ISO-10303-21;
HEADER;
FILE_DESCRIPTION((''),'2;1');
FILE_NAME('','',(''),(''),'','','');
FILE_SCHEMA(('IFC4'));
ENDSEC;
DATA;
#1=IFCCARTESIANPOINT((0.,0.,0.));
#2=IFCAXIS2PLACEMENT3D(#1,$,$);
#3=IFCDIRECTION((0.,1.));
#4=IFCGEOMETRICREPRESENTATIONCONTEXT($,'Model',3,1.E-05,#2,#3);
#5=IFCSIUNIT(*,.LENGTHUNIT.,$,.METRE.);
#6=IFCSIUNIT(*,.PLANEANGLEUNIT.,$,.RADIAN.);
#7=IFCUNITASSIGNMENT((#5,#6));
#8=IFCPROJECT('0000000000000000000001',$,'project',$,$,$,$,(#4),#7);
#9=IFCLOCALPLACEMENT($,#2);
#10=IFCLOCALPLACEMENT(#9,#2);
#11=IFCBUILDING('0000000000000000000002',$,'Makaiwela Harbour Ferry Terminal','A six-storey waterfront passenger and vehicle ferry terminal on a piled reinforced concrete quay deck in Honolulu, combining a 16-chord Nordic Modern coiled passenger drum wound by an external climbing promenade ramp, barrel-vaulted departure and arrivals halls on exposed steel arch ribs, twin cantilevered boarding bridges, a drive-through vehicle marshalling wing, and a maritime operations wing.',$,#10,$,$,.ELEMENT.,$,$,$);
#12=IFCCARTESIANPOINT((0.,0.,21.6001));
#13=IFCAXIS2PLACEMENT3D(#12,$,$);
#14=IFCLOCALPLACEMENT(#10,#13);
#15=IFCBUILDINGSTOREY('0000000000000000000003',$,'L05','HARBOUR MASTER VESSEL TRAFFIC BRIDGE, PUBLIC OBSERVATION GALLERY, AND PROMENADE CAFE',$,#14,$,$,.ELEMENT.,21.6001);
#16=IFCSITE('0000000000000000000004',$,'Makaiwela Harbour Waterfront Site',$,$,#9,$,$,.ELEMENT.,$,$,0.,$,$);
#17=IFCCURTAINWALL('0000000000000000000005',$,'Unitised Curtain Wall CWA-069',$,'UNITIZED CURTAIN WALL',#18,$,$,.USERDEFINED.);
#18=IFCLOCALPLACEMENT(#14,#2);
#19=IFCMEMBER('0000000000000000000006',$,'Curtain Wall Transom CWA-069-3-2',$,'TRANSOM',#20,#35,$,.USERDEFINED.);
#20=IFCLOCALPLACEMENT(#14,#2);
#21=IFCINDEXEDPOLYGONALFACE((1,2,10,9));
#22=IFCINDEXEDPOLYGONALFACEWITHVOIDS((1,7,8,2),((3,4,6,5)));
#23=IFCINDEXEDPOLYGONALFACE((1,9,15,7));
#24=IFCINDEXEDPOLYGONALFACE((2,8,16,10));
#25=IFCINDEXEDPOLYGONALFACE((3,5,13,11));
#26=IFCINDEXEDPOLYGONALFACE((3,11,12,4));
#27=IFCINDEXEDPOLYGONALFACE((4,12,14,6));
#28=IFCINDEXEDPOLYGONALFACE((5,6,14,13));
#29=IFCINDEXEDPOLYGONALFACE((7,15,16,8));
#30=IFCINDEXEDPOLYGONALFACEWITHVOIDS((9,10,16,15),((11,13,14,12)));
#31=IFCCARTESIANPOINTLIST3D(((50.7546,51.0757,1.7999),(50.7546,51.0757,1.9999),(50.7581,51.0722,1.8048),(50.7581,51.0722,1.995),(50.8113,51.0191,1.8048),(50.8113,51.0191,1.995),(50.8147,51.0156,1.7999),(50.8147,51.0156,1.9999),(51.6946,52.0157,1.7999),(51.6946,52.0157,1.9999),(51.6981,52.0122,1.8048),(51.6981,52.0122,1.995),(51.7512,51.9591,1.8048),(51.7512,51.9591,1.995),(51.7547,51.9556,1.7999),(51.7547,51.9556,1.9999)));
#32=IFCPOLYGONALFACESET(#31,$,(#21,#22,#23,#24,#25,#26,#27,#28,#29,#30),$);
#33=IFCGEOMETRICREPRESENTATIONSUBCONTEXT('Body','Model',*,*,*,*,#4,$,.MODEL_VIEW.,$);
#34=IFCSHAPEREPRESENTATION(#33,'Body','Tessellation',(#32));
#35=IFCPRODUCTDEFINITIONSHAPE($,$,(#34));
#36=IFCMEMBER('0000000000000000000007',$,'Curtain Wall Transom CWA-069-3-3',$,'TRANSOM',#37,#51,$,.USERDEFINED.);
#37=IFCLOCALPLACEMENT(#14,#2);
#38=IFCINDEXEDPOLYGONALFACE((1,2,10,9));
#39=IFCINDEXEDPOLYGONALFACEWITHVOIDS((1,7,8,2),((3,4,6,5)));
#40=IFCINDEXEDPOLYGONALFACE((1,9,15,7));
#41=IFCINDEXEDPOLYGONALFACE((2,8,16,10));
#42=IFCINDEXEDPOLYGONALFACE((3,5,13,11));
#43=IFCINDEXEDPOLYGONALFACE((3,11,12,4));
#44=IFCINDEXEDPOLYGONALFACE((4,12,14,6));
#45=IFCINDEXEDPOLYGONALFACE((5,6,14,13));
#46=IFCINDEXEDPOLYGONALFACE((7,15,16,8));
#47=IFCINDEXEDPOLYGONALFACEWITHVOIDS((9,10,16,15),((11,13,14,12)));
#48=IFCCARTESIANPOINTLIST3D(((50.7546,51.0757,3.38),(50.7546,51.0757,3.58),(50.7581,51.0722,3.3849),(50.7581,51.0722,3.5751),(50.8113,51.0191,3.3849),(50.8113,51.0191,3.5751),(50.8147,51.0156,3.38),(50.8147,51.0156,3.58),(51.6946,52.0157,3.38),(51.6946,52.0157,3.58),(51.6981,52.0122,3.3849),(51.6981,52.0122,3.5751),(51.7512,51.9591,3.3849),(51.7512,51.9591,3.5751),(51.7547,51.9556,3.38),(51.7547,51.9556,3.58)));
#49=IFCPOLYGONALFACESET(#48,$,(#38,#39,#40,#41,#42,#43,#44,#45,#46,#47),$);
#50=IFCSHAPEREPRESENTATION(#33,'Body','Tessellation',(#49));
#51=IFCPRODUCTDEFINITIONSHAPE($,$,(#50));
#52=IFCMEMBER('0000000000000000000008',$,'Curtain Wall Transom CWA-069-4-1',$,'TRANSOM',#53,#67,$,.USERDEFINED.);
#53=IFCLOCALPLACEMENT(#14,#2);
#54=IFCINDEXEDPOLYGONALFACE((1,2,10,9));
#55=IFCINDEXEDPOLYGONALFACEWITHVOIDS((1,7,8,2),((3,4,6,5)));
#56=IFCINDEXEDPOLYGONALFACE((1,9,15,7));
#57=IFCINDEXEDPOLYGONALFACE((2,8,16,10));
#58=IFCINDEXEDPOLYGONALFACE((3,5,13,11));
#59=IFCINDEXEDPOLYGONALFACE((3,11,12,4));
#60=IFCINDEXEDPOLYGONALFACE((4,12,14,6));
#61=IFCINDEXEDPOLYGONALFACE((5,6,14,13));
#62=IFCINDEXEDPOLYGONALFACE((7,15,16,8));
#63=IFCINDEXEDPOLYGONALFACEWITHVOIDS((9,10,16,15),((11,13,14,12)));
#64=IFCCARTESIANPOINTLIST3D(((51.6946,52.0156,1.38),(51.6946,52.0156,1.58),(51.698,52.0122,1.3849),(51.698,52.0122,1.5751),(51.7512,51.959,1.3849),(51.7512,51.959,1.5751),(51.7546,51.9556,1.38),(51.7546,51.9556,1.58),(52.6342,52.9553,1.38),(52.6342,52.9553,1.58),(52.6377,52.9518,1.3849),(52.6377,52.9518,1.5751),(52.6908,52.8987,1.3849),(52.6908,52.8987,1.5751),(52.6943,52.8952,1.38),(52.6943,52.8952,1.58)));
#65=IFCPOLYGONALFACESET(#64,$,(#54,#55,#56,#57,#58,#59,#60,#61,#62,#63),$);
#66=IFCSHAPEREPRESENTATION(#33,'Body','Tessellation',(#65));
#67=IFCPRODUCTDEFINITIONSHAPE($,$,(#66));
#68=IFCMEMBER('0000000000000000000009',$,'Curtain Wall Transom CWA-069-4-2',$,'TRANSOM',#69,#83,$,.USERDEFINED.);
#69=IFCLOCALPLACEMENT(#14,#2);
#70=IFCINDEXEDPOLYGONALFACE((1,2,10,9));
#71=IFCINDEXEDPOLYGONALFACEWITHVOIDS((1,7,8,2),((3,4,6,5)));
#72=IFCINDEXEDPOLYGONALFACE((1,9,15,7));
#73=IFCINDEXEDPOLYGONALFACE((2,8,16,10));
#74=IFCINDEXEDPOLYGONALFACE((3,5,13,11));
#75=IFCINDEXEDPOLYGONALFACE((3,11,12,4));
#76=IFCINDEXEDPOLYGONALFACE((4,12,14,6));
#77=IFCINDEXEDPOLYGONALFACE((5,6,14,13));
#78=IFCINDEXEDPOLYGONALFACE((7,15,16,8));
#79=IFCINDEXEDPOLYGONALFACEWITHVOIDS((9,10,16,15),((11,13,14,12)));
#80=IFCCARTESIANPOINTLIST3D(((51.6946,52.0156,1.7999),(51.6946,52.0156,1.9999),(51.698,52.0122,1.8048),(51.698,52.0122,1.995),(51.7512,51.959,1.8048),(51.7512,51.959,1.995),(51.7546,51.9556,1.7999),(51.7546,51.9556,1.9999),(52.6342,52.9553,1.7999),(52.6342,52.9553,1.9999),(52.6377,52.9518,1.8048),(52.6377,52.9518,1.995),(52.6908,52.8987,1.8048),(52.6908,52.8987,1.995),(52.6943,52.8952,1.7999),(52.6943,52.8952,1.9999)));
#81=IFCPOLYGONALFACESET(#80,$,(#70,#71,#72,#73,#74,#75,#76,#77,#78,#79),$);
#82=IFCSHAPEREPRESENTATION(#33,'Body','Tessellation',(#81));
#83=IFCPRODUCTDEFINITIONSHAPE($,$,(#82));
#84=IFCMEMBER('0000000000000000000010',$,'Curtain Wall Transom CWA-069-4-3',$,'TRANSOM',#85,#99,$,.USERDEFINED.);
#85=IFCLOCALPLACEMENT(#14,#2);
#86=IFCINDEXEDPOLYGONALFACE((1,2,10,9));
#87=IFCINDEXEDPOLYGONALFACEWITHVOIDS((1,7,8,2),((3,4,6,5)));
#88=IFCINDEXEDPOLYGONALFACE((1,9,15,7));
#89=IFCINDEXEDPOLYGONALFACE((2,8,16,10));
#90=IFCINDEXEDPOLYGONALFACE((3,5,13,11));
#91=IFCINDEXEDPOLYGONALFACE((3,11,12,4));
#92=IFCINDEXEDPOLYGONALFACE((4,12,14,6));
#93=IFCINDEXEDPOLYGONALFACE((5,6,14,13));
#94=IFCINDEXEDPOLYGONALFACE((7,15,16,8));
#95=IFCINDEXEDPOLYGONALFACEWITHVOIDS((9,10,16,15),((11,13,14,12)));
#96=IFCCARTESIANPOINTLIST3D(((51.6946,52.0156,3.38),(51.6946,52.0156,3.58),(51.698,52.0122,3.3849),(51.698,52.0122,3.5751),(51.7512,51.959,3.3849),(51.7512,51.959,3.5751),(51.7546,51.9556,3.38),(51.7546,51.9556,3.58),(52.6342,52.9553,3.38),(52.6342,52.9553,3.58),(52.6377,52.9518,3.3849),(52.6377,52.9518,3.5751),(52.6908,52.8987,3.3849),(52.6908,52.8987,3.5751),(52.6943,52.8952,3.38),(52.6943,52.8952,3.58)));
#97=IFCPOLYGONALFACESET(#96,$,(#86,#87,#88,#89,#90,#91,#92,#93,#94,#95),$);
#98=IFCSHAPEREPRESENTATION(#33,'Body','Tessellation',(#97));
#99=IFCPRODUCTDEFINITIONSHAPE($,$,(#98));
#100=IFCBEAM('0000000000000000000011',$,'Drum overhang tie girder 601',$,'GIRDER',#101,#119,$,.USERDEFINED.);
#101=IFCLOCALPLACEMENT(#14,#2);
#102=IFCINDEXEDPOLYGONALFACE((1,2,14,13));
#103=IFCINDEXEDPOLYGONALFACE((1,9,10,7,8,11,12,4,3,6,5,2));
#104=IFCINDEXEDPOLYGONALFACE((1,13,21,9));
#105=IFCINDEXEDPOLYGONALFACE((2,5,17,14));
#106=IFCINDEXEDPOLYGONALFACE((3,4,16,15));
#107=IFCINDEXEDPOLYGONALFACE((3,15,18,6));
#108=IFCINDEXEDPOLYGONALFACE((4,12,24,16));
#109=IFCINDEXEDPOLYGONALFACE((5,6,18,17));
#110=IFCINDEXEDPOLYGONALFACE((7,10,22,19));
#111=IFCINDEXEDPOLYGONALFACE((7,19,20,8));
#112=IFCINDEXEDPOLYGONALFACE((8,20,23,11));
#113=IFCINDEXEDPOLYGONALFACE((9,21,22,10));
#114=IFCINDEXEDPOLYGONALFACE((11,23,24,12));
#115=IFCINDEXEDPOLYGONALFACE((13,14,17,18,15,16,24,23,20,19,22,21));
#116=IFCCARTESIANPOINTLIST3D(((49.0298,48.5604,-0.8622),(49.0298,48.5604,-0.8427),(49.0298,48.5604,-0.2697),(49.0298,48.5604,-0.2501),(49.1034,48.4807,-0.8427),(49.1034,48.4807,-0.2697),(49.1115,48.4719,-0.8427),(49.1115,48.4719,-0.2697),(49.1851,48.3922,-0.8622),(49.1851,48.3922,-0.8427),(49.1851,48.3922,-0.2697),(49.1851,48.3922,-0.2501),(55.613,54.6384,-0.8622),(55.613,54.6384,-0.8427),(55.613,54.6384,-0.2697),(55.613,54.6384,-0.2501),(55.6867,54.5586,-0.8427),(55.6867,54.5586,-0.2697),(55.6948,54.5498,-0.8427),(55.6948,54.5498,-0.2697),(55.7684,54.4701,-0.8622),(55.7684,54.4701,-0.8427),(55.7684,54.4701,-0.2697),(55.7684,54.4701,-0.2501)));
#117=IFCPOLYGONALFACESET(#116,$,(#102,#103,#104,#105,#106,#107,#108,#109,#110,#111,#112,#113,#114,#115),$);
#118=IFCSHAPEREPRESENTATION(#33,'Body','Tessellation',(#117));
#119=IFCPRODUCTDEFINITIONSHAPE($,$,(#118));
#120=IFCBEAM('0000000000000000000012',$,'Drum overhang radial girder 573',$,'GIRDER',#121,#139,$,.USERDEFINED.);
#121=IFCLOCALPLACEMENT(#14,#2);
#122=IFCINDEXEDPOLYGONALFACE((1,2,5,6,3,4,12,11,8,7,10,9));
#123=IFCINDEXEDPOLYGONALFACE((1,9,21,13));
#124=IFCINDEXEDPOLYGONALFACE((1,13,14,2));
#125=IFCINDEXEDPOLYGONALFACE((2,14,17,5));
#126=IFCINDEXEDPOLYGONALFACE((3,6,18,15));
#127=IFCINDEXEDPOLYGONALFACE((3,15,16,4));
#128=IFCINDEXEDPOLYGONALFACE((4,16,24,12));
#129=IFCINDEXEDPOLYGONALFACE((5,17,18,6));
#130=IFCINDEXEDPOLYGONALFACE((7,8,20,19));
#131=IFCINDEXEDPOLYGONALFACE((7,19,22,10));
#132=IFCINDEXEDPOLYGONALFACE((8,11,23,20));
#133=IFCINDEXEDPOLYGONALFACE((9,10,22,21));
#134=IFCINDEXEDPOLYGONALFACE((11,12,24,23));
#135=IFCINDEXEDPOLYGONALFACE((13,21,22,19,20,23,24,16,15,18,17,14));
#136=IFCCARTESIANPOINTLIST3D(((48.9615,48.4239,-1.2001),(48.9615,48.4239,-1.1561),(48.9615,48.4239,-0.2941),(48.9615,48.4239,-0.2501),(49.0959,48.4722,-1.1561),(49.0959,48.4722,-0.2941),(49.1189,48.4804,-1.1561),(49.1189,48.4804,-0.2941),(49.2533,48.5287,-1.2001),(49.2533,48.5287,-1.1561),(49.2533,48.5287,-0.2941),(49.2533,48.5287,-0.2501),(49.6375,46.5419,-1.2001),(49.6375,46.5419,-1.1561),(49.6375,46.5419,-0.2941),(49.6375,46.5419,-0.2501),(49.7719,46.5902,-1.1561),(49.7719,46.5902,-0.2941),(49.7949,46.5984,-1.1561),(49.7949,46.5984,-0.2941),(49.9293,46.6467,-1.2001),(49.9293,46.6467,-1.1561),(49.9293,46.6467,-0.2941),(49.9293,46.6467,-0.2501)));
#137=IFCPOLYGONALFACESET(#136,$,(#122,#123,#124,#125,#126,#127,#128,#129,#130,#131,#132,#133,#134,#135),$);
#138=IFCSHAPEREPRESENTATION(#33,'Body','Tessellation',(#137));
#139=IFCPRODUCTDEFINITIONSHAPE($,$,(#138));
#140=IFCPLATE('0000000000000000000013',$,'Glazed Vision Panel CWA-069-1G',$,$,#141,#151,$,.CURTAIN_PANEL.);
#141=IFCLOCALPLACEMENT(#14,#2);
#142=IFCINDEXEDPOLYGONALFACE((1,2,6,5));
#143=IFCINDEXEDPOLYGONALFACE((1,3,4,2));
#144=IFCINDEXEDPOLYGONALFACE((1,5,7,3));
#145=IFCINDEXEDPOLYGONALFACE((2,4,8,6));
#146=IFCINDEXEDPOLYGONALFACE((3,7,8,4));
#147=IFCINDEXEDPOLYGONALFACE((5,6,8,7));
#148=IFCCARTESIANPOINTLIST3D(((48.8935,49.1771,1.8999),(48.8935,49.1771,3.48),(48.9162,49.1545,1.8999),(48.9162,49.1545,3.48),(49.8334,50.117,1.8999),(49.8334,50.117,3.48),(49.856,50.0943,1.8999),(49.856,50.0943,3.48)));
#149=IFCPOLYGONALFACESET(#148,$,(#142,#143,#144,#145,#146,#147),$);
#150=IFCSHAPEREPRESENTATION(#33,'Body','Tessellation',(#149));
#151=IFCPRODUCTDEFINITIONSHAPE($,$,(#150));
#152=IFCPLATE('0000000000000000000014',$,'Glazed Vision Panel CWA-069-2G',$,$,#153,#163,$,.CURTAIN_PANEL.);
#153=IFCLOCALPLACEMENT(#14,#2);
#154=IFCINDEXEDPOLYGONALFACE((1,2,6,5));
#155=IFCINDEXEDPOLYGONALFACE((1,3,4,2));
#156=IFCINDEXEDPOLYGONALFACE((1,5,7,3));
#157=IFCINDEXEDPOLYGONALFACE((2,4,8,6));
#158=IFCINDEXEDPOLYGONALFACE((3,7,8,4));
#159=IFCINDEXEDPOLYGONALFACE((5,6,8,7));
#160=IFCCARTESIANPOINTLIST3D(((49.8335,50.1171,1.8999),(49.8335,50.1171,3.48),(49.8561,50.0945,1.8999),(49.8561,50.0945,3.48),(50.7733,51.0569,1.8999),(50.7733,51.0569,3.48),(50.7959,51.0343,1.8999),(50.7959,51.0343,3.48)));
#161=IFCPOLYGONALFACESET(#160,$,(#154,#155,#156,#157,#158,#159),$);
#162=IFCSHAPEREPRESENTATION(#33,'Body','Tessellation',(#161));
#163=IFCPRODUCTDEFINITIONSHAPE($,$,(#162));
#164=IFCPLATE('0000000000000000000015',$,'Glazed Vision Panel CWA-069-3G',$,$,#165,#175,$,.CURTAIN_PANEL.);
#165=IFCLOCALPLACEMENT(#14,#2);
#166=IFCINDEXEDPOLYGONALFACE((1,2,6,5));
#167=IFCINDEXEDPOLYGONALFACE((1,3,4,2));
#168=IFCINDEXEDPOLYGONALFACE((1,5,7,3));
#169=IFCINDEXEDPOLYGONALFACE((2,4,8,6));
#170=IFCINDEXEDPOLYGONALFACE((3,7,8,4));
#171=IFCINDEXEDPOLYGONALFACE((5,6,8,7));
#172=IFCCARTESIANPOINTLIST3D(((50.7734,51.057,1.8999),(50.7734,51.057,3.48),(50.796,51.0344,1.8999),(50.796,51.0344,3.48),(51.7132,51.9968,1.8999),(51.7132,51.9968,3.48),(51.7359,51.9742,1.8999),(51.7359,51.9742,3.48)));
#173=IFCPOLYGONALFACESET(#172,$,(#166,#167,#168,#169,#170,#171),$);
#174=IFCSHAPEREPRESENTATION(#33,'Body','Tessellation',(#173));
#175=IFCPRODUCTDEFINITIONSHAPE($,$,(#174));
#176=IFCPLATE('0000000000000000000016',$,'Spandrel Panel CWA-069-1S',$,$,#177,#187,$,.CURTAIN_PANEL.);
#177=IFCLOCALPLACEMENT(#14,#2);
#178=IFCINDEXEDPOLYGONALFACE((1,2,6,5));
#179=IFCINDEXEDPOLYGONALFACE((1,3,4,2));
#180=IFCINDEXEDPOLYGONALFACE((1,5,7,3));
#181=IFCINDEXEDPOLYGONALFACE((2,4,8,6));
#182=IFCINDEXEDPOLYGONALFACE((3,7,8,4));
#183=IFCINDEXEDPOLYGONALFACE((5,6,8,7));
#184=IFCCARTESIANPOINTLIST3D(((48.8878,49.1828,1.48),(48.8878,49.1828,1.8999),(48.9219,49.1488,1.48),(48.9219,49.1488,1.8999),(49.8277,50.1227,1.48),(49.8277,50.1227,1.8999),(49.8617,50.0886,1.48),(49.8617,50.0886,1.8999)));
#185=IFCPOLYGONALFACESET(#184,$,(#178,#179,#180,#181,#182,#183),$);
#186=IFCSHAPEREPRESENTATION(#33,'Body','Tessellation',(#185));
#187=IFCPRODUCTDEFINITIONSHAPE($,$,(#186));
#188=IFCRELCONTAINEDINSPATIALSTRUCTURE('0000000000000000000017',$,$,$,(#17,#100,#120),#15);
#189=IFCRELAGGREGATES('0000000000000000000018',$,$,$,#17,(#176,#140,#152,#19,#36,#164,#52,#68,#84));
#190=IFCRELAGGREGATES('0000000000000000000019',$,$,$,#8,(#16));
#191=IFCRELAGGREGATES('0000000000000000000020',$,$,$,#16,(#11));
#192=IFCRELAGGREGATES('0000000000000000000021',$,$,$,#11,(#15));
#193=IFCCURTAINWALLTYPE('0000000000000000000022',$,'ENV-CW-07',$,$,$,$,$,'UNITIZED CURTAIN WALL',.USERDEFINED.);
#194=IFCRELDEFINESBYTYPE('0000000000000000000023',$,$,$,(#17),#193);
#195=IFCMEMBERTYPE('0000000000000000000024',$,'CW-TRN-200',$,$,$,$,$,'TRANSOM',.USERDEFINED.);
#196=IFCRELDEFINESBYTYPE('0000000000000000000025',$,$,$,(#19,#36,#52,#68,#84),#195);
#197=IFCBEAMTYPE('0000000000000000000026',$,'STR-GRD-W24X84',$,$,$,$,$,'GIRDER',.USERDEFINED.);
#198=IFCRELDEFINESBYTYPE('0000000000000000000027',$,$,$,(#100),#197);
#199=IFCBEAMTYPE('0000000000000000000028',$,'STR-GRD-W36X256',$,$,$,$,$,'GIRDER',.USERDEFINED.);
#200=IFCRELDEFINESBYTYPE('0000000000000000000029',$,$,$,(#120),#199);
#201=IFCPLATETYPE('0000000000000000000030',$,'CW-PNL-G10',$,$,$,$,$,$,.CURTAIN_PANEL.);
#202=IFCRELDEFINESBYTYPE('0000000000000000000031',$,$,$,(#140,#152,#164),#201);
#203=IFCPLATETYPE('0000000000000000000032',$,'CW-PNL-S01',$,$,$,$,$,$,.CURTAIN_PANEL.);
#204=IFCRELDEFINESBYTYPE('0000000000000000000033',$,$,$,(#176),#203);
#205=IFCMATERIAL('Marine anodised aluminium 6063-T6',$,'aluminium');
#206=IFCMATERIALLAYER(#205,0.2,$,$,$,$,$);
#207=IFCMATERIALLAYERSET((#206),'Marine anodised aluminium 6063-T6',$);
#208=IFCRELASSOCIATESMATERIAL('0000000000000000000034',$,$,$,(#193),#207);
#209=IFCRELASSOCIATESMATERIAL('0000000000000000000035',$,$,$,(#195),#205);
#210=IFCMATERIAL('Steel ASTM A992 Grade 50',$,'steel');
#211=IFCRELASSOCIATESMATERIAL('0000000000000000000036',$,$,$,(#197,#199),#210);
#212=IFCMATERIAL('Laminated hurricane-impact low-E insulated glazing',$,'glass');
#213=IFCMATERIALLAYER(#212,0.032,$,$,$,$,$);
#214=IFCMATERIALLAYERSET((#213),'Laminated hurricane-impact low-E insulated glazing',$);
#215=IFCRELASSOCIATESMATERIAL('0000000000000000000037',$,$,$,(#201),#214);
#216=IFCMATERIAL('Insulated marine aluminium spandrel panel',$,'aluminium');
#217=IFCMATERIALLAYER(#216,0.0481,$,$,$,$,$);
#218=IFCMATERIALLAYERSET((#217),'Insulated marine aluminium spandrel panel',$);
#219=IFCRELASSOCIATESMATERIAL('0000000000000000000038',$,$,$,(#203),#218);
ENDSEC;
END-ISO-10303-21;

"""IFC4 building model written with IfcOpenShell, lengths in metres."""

from ifc_helpers import new_model, si_unit, direction, frame, origin, origin_2d, place, context, subcontext, project, spatial, rectangle, hollow_rectangle, i_section, extrude, material, layer, layer_set, material_profile, profile_set, type_object, element, aggregate, save


model = new_model("IFC4")

# Units and contexts
model_context = context("Model", 3, precision=1e-05, world=origin(), true_north=direction((0.0, 1.0)))
body_context = subcontext(model_context, "Body", "Model", "MODEL_VIEW")
ifc_project = project(units=[si_unit("LENGTHUNIT", "METRE"), si_unit("PLANEANGLEUNIT", "RADIAN")], contexts=[model_context])

# Site, building, storey
site_placement = place(None, origin())
site = spatial("IfcSite", under=ifc_project, at=site_placement, Name="Makaiwela Harbour Waterfront Site", CompositionType="ELEMENT", RefElevation=0.0)
building_placement = place(site_placement, origin())
building = spatial("IfcBuilding", under=site, at=building_placement, Name="Makaiwela Harbour Ferry Terminal", Description="A six-storey waterfront passenger and vehicle ferry terminal on a piled reinforced concrete quay deck in Honolulu, combining a 16-chord Nordic Modern coiled passenger drum wound by an external climbing promenade ramp, barrel-vaulted departure and arrivals halls on exposed steel arch ribs, twin cantilevered boarding bridges, a drive-through vehicle marshalling wing, and a maritime operations wing.", CompositionType="ELEMENT")
storey_placement = place(building_placement, frame((0.0, 0.0, 21.6001)))
storey = spatial("IfcBuildingStorey", under=building, at=storey_placement, Name="L05", Description="HARBOUR MASTER VESSEL TRAFFIC BRIDGE, PUBLIC OBSERVATION GALLERY, AND PROMENADE CAFE", CompositionType="ELEMENT", Elevation=21.6001)

# Curtain wall, members
ifc_material_1 = material(Name="Marine anodised aluminium 6063-T6", Category="aluminium")
ifc_layer_1 = layer(ifc_material_1, 0.2)
ifc_layer_set_1 = layer_set([ifc_layer_1], Name="Marine anodised aluminium 6063-T6")
curtain_wall_type = type_object("IfcCurtainWallType", Name="ENV-CW-07", ElementType="UNITIZED CURTAIN WALL", PredefinedType="USERDEFINED", material=ifc_layer_set_1)
curtain_wall_placement = place(storey_placement, origin())
curtain_wall = element("IfcCurtainWall", 1, at=curtain_wall_placement, inside=storey, type_object=curtain_wall_type, Name="Unitised Curtain Wall CWA-069", ObjectType="UNITIZED CURTAIN WALL", PredefinedType="USERDEFINED")
ifc_material_profile_1 = material_profile(ifc_material_1, hollow_rectangle(XDim=0.085, YDim=0.2, WallThickness=0.0049, at=origin_2d()), Name="CWT-200X85")
ifc_profile_set_1 = profile_set([ifc_material_profile_1], Name="Marine anodised aluminium 6063-T6")
member_type_1 = type_object("IfcMemberType", Name="CW-TRN-200", ElementType="TRANSOM", PredefinedType="USERDEFINED", material=ifc_profile_set_1)
member_1_placement = place(storey_placement, frame((50.7847, 51.0457, 1.8999), z_axis=(0.707107, 0.707107, 0.0), x_axis=(-0.707107, 0.707107, 0.0)))
member_1 = element("IfcMember", 2, at=member_1_placement, type_object=member_type_1, Name="Curtain Wall Transom CWA-069-3-2", ObjectType="TRANSOM", PredefinedType="USERDEFINED", context=body_context, shape_type="SweptSolid", body=[
    extrude(hollow_rectangle(XDim=0.085, YDim=0.2, WallThickness=0.0049, at=origin_2d()), origin(), (0.0, 0.0, 1.0), 1.3293),
])
member_2_placement = place(storey_placement, frame((50.7847, 51.0457, 3.48), z_axis=(0.707107, 0.707107, 0.0), x_axis=(-0.707107, 0.707107, 0.0)))
member_2 = element("IfcMember", 3, at=member_2_placement, type_object=member_type_1, Name="Curtain Wall Transom CWA-069-3-3", ObjectType="TRANSOM", PredefinedType="USERDEFINED", context=body_context, shape_type="SweptSolid", body=[
    extrude(hollow_rectangle(XDim=0.085, YDim=0.2, WallThickness=0.0049, at=origin_2d()), origin(), (0.0, 0.0, 1.0), 1.3293),
])
member_3_placement = place(storey_placement, frame((51.7246, 51.9856, 1.48), z_axis=(0.707107, 0.707107, 0.0), x_axis=(-0.707107, 0.707107, 0.0)))
member_3 = element("IfcMember", 4, at=member_3_placement, type_object=member_type_1, Name="Curtain Wall Transom CWA-069-4-1", ObjectType="TRANSOM", PredefinedType="USERDEFINED", context=body_context, shape_type="SweptSolid", body=[
    extrude(hollow_rectangle(XDim=0.085, YDim=0.2, WallThickness=0.0049, at=origin_2d()), origin(), (0.0, 0.0, 1.0), 1.3289),
])
member_4_placement = place(storey_placement, frame((51.7246, 51.9856, 1.8999), z_axis=(0.707107, 0.707107, 0.0), x_axis=(-0.707107, 0.707107, 0.0)))
member_4 = element("IfcMember", 5, at=member_4_placement, type_object=member_type_1, Name="Curtain Wall Transom CWA-069-4-2", ObjectType="TRANSOM", PredefinedType="USERDEFINED", context=body_context, shape_type="SweptSolid", body=[
    extrude(hollow_rectangle(XDim=0.085, YDim=0.2, WallThickness=0.0049, at=origin_2d()), origin(), (0.0, 0.0, 1.0), 1.3289),
])
member_5_placement = place(storey_placement, frame((51.7246, 51.9856, 3.48), z_axis=(0.707107, 0.707107, 0.0), x_axis=(-0.707107, 0.707107, 0.0)))
member_5 = element("IfcMember", 6, at=member_5_placement, type_object=member_type_1, Name="Curtain Wall Transom CWA-069-4-3", ObjectType="TRANSOM", PredefinedType="USERDEFINED", context=body_context, shape_type="SweptSolid", body=[
    extrude(hollow_rectangle(XDim=0.085, YDim=0.2, WallThickness=0.0049, at=origin_2d()), origin(), (0.0, 0.0, 1.0), 1.3289),
])

# Beams
ifc_material_2 = material(Name="Steel ASTM A992 Grade 50", Category="steel")
ifc_material_profile_2 = material_profile(ifc_material_2, i_section(OverallWidth=0.229, OverallDepth=0.6121, WebThickness=0.012, FlangeThickness=0.0195, at=origin_2d()), Name="W24X84")
ifc_profile_set_2 = profile_set([ifc_material_profile_2], Name="Steel ASTM A992 Grade 50")
beam_type_1 = type_object("IfcBeamType", Name="STR-GRD-W24X84", ElementType="GIRDER", PredefinedType="USERDEFINED", material=ifc_profile_set_2)
beam_1_placement = place(storey_placement, frame((49.1074, 48.4763, -0.5562), z_axis=(0.734746, 0.678342, 0.0), x_axis=(-0.678342, 0.734746, 0.0)))
element("IfcBeam", 7, at=beam_1_placement, inside=storey, type_object=beam_type_1, Name="Drum overhang tie girder 601", ObjectType="GIRDER", PredefinedType="USERDEFINED", context=body_context, shape_type="SweptSolid", body=[
    extrude(i_section(OverallWidth=0.229, OverallDepth=0.6121, WebThickness=0.012, FlangeThickness=0.0195, at=origin_2d()), origin(), (0.0, 0.0, 1.0), 8.96),
])
ifc_material_profile_3 = material_profile(ifc_material_2, i_section(OverallWidth=0.3101, OverallDepth=0.95, WebThickness=0.0244, FlangeThickness=0.0439, at=origin_2d()), Name="W36X256")
ifc_profile_set_3 = profile_set([ifc_material_profile_3], Name="Steel ASTM A992 Grade 50")
beam_type_2 = type_object("IfcBeamType", Name="STR-GRD-W36X256", ElementType="GIRDER", PredefinedType="USERDEFINED", material=ifc_profile_set_3)
beam_2_placement = place(storey_placement, frame((49.1074, 48.4763, -0.7251), z_axis=(0.338045, -0.94113, 0.0), x_axis=(0.94113, 0.338045, 0.0)))
element("IfcBeam", 8, at=beam_2_placement, inside=storey, type_object=beam_type_2, Name="Drum overhang radial girder 573", ObjectType="GIRDER", PredefinedType="USERDEFINED", context=body_context, shape_type="SweptSolid", body=[
    extrude(i_section(OverallWidth=0.3101, OverallDepth=0.95, WebThickness=0.0244, FlangeThickness=0.0439, at=origin_2d()), origin(), (0.0, 0.0, 1.0), 1.9998),
])

# Plates
ifc_material_3 = material(Name="Laminated hurricane-impact low-E insulated glazing", Category="glass")
ifc_layer_2 = layer(ifc_material_3, 0.032)
ifc_layer_set_2 = layer_set([ifc_layer_2], Name="Laminated hurricane-impact low-E insulated glazing")
plate_type_1 = type_object("IfcPlateType", Name="CW-PNL-G10", PredefinedType="CURTAIN_PANEL", material=ifc_layer_set_2)
plate_1_placement = place(storey_placement, frame((49.3748, 49.6357, 1.8999), z_axis=(0.0, 0.0, 1.0), x_axis=(0.707107, 0.707107, 0.0)))
plate_1 = element("IfcPlate", 9, at=plate_1_placement, type_object=plate_type_1, Name="Glazed Vision Panel CWA-069-1G", PredefinedType="CURTAIN_PANEL", context=body_context, shape_type="SweptSolid", body=[
    extrude(rectangle(XDim=1.3291, YDim=0.032, at=origin_2d()), origin(), (0.0, 0.0, 1.0), 1.5801),
])
plate_2_placement = place(storey_placement, frame((50.3147, 50.5757, 1.8999), z_axis=(0.0, 0.0, 1.0), x_axis=(0.707107, 0.707107, 0.0)))
plate_2 = element("IfcPlate", 10, at=plate_2_placement, type_object=plate_type_1, Name="Glazed Vision Panel CWA-069-2G", PredefinedType="CURTAIN_PANEL", context=body_context, shape_type="SweptSolid", body=[
    extrude(rectangle(XDim=1.3291, YDim=0.032, at=origin_2d()), origin(), (0.0, 0.0, 1.0), 1.5801),
])
plate_3_placement = place(storey_placement, frame((51.2546, 51.5156, 1.8999), z_axis=(0.0, 0.0, 1.0), x_axis=(0.707107, 0.707107, 0.0)))
plate_3 = element("IfcPlate", 11, at=plate_3_placement, type_object=plate_type_1, Name="Glazed Vision Panel CWA-069-3G", PredefinedType="CURTAIN_PANEL", context=body_context, shape_type="SweptSolid", body=[
    extrude(rectangle(XDim=1.3291, YDim=0.032, at=origin_2d()), origin(), (0.0, 0.0, 1.0), 1.5801),
])
ifc_material_4 = material(Name="Insulated marine aluminium spandrel panel", Category="aluminium")
ifc_layer_3 = layer(ifc_material_4, 0.0481)
ifc_layer_set_3 = layer_set([ifc_layer_3], Name="Insulated marine aluminium spandrel panel")
plate_type_2 = type_object("IfcPlateType", Name="CW-PNL-S01", PredefinedType="CURTAIN_PANEL", material=ifc_layer_set_3)
plate_4_placement = place(storey_placement, frame((49.3748, 49.6357, 1.48), z_axis=(0.0, 0.0, 1.0), x_axis=(0.707107, 0.707107, 0.0)))
plate_4 = element("IfcPlate", 12, at=plate_4_placement, type_object=plate_type_2, Name="Spandrel Panel CWA-069-1S", PredefinedType="CURTAIN_PANEL", context=body_context, shape_type="SweptSolid", body=[
    extrude(rectangle(XDim=1.3291, YDim=0.0481, at=origin_2d()), origin(), (0.0, 0.0, 1.0), 0.4199),
])
aggregate(curtain_wall, [plate_4, plate_1, plate_2, member_1, member_2, plate_3, member_3, member_4, member_5])

save(model, "model.ifc")
